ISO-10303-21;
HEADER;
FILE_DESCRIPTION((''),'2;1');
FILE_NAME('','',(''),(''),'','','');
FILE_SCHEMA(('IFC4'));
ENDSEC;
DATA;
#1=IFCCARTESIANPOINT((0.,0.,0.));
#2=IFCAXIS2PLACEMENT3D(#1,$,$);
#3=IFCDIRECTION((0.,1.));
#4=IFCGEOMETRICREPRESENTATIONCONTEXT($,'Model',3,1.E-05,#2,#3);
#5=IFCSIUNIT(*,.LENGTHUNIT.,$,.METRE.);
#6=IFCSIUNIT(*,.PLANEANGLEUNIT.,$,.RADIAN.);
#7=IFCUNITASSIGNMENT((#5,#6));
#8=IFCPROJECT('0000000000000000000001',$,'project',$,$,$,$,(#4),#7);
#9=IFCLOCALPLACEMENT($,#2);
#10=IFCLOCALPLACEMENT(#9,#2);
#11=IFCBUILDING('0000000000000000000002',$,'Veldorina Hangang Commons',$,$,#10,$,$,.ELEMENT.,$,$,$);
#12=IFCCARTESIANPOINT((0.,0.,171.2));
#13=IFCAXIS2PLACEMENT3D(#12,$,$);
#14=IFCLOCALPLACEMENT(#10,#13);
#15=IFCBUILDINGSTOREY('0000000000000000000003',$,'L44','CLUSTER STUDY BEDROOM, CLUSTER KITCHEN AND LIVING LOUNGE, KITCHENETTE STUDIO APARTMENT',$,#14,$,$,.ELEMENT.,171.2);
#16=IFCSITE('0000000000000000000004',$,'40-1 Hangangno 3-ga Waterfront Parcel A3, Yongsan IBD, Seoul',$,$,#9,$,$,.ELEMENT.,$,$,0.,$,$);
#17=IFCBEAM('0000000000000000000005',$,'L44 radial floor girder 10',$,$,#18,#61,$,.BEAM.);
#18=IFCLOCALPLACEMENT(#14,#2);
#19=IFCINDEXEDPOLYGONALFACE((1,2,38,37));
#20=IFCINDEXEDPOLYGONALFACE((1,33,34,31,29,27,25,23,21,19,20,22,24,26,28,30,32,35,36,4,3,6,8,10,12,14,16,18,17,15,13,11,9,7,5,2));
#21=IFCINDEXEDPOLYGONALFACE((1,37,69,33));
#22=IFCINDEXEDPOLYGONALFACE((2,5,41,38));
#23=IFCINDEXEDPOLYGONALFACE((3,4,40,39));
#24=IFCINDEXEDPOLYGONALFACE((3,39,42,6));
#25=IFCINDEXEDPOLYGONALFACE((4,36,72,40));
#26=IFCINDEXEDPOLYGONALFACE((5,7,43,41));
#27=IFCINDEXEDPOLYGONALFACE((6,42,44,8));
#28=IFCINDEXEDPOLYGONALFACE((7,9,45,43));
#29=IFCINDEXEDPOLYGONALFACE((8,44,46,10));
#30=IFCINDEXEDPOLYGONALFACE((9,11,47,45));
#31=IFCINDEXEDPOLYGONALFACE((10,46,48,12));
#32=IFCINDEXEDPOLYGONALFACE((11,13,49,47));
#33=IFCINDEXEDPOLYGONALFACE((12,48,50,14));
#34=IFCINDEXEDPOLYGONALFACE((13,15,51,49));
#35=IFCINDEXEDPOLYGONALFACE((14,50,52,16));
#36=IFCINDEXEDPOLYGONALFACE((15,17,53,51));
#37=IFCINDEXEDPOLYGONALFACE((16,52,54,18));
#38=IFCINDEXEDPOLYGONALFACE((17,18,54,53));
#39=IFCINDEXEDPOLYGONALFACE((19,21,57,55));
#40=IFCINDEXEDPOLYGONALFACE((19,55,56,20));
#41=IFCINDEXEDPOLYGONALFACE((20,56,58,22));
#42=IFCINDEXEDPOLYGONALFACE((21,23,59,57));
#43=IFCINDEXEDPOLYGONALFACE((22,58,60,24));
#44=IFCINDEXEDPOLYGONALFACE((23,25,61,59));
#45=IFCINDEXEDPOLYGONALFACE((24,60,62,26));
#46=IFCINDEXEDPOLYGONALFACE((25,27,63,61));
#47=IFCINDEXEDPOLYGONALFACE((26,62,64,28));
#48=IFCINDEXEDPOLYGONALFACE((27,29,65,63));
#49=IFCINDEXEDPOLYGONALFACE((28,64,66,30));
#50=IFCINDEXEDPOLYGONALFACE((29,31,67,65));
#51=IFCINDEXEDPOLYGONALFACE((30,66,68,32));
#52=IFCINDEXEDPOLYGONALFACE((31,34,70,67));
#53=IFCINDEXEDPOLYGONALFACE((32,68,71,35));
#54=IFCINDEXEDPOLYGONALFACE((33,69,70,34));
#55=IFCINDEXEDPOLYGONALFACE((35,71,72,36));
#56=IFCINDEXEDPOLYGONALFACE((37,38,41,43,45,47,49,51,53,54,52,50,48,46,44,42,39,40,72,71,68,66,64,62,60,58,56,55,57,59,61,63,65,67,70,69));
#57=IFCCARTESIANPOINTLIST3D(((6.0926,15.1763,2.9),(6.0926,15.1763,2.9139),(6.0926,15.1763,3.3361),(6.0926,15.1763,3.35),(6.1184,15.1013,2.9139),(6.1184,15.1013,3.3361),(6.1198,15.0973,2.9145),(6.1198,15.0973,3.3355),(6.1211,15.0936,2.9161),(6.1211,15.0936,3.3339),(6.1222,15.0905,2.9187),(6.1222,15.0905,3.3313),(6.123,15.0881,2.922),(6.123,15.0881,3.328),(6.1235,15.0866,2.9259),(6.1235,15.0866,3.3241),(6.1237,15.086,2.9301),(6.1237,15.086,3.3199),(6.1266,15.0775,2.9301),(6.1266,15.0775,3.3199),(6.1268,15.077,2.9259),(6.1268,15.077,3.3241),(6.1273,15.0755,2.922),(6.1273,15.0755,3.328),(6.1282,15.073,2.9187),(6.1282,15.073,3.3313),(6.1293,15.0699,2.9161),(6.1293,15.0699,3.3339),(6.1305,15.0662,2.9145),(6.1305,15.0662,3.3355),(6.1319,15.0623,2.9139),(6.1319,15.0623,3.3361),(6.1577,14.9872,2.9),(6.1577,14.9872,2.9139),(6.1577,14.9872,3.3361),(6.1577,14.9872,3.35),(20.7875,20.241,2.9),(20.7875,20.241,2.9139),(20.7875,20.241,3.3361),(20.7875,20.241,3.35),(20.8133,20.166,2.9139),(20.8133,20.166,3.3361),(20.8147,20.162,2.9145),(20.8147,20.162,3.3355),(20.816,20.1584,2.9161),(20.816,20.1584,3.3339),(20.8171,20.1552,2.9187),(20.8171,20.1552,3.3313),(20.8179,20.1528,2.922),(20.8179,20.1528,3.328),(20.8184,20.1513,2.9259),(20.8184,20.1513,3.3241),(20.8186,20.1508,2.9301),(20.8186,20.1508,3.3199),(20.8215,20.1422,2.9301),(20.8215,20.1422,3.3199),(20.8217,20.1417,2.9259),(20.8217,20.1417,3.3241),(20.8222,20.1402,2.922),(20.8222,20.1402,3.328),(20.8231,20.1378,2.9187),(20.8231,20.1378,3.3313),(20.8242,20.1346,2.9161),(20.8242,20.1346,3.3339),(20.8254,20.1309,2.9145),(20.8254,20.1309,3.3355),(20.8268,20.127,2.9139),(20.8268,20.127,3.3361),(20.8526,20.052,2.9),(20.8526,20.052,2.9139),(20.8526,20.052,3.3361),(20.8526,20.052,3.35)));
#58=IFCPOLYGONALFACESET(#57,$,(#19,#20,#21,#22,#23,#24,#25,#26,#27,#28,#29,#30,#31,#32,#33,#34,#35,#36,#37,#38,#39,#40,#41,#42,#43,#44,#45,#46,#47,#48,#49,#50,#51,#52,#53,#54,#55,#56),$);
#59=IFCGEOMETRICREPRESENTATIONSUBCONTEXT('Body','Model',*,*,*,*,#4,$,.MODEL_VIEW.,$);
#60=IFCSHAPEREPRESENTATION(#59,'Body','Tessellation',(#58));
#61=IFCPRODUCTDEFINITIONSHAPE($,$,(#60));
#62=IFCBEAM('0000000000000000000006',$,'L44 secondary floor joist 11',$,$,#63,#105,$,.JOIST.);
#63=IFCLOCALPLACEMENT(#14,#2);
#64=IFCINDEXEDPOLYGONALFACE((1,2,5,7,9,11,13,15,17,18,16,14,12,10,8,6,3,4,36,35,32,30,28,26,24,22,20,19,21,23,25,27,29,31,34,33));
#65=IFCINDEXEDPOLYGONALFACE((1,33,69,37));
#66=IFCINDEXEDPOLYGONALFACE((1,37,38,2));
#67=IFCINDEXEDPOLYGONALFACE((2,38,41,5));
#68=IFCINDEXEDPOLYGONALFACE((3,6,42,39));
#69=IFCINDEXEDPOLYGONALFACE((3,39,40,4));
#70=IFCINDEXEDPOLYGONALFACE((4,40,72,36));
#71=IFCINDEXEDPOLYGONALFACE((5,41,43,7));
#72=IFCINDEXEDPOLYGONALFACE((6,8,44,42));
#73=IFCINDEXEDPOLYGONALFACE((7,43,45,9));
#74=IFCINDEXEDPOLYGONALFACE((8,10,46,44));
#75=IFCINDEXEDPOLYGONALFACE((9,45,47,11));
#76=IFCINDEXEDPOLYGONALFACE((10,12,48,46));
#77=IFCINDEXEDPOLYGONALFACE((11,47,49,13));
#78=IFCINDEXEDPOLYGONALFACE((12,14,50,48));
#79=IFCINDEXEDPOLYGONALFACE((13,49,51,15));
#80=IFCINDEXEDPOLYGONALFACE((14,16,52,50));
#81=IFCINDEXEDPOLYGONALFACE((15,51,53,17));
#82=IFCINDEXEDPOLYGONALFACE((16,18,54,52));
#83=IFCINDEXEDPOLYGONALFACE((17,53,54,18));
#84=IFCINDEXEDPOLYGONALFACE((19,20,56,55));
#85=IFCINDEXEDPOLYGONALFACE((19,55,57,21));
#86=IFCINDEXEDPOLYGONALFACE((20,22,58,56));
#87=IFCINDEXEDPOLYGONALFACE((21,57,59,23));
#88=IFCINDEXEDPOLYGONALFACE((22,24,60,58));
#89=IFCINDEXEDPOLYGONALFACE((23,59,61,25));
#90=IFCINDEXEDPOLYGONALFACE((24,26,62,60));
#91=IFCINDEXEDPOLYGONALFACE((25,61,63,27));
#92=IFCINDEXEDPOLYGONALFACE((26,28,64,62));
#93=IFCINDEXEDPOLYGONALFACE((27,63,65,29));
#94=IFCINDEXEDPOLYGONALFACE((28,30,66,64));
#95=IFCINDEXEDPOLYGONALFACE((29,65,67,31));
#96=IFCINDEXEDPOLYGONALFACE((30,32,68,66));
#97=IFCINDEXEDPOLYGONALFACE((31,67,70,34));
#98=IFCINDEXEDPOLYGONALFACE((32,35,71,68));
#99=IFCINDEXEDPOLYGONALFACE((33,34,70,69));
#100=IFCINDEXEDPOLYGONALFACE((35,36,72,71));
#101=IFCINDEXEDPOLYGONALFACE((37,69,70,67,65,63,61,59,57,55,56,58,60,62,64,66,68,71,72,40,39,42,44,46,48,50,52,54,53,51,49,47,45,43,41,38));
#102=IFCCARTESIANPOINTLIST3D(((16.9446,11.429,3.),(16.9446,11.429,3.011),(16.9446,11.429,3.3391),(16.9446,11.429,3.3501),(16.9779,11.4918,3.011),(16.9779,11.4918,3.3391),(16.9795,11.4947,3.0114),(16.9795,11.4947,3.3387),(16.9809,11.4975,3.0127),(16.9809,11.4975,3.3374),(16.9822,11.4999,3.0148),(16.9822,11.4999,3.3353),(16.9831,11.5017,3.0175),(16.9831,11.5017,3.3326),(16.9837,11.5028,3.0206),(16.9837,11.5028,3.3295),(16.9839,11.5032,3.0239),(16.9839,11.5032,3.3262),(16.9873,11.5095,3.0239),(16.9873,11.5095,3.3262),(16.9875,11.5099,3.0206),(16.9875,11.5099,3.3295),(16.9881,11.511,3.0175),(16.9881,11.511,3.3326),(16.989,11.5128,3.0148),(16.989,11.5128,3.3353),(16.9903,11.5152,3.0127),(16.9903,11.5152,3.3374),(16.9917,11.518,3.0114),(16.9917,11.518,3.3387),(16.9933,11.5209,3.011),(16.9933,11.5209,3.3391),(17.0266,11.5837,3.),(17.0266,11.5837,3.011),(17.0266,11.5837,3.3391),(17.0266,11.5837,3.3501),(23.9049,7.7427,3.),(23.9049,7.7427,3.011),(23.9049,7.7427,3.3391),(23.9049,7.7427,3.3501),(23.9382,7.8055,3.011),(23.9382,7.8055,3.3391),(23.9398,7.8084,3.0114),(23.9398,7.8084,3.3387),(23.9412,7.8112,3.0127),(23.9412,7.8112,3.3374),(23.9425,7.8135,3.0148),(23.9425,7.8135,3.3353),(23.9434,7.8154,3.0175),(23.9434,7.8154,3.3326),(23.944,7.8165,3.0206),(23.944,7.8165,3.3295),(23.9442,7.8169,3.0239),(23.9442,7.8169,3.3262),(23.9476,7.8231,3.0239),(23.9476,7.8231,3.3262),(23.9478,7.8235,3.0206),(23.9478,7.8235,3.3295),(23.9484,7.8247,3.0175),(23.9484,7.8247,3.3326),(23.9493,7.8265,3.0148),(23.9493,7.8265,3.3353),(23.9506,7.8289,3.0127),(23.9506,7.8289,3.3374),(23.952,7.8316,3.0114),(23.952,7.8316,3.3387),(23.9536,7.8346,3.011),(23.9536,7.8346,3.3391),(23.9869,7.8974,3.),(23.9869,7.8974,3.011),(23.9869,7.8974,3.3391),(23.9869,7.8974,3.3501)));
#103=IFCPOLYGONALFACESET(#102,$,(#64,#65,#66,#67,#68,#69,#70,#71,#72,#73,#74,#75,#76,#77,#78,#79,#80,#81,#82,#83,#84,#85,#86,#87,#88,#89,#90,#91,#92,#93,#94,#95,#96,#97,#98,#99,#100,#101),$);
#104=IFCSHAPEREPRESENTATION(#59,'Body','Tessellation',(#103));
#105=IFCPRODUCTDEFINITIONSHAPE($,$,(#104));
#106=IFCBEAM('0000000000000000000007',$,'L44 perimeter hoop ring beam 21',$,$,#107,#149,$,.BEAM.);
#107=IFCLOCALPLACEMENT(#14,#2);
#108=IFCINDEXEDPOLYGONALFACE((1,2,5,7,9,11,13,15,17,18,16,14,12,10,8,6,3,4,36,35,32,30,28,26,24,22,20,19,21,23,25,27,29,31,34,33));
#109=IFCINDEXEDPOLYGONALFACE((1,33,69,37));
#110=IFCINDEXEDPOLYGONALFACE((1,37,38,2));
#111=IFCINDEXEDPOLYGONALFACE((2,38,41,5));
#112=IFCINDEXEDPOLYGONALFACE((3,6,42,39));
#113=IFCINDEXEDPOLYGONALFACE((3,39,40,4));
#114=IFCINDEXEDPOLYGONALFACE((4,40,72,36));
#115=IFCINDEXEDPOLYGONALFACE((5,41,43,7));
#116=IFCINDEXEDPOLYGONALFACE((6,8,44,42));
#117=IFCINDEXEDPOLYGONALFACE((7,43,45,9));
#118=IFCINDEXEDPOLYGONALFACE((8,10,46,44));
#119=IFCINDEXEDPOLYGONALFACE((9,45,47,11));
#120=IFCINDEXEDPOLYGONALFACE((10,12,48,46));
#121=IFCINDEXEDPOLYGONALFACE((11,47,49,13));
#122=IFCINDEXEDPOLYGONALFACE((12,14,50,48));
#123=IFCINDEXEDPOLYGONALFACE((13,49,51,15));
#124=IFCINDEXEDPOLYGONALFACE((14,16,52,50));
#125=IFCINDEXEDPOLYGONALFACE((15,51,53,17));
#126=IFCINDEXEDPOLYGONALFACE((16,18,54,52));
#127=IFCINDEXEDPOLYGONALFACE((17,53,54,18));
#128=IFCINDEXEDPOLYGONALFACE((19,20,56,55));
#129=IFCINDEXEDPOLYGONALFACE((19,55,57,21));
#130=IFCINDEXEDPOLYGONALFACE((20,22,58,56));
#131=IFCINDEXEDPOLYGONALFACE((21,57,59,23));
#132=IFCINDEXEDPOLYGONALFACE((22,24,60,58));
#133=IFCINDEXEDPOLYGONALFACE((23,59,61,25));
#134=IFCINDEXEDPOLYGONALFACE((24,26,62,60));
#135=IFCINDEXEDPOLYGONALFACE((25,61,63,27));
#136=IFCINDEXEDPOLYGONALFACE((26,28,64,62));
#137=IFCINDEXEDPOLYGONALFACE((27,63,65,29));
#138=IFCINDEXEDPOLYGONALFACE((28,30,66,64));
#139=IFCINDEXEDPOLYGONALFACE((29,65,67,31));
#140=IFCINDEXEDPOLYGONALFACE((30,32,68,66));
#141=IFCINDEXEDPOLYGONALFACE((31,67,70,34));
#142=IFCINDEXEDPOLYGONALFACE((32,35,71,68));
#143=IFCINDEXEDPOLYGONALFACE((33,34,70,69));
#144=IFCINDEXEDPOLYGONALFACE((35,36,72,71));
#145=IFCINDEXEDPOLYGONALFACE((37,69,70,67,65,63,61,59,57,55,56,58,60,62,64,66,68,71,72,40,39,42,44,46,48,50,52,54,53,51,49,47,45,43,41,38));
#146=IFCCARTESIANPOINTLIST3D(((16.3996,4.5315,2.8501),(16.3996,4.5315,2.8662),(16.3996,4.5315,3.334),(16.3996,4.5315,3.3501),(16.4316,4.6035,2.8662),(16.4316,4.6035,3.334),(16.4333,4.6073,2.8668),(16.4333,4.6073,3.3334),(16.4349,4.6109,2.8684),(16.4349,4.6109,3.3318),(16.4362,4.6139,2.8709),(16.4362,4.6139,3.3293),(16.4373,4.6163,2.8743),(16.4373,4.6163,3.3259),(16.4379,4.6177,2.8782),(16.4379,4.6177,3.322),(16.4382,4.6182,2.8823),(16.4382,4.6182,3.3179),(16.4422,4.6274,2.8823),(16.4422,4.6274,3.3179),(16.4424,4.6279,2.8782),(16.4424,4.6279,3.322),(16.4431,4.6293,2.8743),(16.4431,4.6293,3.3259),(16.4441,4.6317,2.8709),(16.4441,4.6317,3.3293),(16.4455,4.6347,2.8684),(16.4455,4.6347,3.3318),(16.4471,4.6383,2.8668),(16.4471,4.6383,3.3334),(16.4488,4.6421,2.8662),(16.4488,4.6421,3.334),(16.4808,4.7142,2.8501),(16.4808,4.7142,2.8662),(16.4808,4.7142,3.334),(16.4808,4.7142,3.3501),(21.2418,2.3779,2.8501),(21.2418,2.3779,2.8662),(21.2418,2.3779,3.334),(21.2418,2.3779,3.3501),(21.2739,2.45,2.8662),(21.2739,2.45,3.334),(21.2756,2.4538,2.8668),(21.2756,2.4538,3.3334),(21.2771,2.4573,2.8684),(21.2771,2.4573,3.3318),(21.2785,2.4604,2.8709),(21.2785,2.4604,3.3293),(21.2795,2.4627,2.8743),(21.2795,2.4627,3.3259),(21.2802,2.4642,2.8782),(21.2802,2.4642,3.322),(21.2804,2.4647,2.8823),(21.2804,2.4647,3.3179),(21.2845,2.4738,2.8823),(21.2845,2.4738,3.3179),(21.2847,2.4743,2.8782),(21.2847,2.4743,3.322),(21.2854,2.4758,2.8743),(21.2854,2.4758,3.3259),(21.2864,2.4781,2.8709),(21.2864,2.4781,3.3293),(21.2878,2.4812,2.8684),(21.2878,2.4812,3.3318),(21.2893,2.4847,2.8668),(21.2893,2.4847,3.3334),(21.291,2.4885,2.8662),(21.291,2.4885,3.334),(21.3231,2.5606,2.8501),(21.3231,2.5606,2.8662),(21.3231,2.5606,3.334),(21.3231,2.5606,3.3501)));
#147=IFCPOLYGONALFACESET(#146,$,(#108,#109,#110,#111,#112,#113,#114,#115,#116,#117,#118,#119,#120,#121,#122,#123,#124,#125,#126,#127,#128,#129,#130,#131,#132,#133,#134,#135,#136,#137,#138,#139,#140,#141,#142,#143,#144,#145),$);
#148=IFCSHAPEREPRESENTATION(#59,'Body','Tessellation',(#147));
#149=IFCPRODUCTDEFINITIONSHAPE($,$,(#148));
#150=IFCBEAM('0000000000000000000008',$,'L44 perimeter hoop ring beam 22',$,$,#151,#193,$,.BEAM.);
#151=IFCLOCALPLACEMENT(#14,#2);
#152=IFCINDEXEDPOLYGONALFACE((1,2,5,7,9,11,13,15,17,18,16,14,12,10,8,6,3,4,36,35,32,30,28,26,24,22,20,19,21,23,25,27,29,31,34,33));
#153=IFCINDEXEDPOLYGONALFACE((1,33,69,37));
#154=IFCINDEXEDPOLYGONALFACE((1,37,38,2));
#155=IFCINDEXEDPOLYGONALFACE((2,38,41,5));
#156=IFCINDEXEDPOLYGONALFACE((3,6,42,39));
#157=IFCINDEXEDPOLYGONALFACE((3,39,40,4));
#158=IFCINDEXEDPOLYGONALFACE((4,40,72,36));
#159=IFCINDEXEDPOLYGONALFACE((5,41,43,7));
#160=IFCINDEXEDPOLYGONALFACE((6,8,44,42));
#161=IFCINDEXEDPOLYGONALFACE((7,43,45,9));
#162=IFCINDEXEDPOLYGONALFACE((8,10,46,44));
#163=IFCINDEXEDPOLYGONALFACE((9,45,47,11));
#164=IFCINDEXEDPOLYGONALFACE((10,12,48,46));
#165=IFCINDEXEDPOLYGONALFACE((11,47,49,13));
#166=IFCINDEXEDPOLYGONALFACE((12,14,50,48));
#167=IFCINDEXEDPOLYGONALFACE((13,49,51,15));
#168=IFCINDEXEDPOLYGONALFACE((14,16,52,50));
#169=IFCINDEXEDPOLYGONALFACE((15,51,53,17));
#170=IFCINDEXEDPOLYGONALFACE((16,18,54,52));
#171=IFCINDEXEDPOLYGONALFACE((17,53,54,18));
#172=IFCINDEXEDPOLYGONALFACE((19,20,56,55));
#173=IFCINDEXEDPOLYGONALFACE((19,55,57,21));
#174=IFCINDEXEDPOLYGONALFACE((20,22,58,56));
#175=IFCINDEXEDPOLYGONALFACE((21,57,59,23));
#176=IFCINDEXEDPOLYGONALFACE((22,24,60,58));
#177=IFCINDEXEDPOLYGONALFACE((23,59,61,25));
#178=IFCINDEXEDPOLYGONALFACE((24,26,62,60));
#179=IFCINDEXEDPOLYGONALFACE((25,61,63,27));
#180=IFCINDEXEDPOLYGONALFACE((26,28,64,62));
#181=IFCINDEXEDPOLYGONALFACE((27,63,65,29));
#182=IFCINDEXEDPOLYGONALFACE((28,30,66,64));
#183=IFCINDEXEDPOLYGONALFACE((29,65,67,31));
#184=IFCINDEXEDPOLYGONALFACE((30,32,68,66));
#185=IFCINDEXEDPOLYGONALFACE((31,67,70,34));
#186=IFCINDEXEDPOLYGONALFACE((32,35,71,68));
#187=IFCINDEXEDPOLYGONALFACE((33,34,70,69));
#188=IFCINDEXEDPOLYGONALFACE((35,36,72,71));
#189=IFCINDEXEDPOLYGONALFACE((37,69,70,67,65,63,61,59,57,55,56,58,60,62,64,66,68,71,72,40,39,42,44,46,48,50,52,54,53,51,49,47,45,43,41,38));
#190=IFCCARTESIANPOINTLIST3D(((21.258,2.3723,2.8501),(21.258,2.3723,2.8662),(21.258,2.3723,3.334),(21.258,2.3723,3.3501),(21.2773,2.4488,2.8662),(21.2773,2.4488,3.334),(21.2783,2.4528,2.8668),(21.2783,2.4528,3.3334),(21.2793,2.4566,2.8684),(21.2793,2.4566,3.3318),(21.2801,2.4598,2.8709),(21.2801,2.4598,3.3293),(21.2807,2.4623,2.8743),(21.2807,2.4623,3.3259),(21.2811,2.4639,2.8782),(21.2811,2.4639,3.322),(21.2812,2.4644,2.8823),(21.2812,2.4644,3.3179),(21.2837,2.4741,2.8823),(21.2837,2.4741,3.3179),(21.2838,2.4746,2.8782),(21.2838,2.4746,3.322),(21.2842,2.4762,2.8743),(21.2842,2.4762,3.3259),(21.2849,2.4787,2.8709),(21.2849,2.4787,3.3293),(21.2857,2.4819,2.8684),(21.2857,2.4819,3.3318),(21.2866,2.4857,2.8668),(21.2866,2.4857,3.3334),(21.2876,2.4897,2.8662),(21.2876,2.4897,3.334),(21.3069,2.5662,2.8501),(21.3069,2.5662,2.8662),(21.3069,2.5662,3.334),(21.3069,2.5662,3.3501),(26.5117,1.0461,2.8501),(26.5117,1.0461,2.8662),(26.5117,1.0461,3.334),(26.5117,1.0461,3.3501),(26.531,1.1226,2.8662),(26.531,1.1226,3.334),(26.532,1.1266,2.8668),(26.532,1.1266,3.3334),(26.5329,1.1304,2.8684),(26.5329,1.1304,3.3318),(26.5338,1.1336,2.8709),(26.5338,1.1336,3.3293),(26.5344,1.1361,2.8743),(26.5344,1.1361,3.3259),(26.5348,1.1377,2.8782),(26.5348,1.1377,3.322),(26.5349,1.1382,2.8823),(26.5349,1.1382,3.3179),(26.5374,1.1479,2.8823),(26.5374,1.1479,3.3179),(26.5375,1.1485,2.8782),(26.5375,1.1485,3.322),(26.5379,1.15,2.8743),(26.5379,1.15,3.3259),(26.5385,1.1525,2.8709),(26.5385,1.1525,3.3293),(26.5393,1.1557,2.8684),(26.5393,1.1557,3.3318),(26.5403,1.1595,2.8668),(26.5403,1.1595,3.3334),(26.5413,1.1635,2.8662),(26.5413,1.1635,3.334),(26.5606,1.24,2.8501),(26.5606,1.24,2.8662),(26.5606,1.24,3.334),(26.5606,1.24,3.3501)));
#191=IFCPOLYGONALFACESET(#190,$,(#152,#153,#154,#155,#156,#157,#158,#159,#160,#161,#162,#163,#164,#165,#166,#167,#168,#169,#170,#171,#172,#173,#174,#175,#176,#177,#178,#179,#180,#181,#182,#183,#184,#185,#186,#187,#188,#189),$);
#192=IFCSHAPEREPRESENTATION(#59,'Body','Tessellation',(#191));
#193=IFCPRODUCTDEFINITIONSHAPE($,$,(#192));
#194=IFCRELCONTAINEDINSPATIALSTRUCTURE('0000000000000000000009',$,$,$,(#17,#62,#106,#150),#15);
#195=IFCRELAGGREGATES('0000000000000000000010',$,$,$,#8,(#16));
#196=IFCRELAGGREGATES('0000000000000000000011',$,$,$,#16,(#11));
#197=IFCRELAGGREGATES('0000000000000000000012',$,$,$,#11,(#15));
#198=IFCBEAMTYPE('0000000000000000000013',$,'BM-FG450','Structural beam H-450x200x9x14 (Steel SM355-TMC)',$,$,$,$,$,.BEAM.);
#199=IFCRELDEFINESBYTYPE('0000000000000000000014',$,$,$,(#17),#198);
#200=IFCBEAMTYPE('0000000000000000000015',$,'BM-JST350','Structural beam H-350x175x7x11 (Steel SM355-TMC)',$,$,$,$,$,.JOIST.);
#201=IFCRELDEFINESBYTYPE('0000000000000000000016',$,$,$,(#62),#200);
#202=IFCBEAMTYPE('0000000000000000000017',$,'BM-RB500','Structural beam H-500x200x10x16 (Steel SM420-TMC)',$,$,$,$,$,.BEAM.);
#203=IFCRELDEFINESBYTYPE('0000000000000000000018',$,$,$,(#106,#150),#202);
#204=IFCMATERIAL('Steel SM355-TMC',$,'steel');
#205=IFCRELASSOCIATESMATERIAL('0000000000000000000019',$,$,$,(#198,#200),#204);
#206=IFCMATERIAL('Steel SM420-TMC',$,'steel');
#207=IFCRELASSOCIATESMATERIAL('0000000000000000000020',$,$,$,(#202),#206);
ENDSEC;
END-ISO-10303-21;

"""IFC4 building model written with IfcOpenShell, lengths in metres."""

from ifc_helpers import new_model, si_unit, direction, frame, origin, origin_2d, place, context, subcontext, project, spatial, i_section, extrude, material, material_profile, profile_set, type_object, element, save


model = new_model("IFC4")

# Units and contexts
model_context = context("Model", 3, precision=1e-05, world=origin(), true_north=direction((0.0, 1.0)))
body_context = subcontext(model_context, "Body", "Model", "MODEL_VIEW")
ifc_project = project(units=[si_unit("LENGTHUNIT", "METRE"), si_unit("PLANEANGLEUNIT", "RADIAN")], contexts=[model_context])

# Site, building, storey
site_placement = place(None, origin())
site = spatial("IfcSite", under=ifc_project, at=site_placement, Name="40-1 Hangangno 3-ga Waterfront Parcel A3, Yongsan IBD, Seoul", CompositionType="ELEMENT", RefElevation=0.0)
building_placement = place(site_placement, origin())
building = spatial("IfcBuilding", under=site, at=building_placement, Name="Veldorina Hangang Commons", CompositionType="ELEMENT")
storey_placement = place(building_placement, frame((0.0, 0.0, 171.2)))
storey = spatial("IfcBuildingStorey", under=building, at=storey_placement, Name="L44", Description="CLUSTER STUDY BEDROOM, CLUSTER KITCHEN AND LIVING LOUNGE, KITCHENETTE STUDIO APARTMENT", CompositionType="ELEMENT", Elevation=171.2)

# Beams
ifc_material_1 = material(Name="Steel SM355-TMC", Category="steel")
ifc_material_profile_1 = material_profile(ifc_material_1, i_section(OverallWidth=0.2, OverallDepth=0.45, WebThickness=0.009, FlangeThickness=0.0139, FilletRadius=0.0161, at=origin_2d()), Name="H-450x200x9x14")
ifc_profile_set_1 = profile_set([ifc_material_profile_1], Name="Steel SM355-TMC")
beam_type_1 = type_object("IfcBeamType", Name="BM-FG450", Description="Structural beam H-450x200x9x14 (Steel SM355-TMC)", PredefinedType="BEAM", material=ifc_profile_set_1)
beam_1_placement = place(storey_placement, frame((20.8201, 20.1465, 3.125), z_axis=(-0.945422, -0.325848, 0.0), x_axis=(0.325848, -0.945422, 0.0)))
element("IfcBeam", 1, at=beam_1_placement, inside=storey, type_object=beam_type_1, Name="L44 radial floor girder 10", PredefinedType="BEAM", context=body_context, shape_type="SweptSolid", body=[
    extrude(i_section(OverallWidth=0.2, OverallDepth=0.45, WebThickness=0.009, FlangeThickness=0.0139, FilletRadius=0.0161, at=origin_2d()), origin(), (0.0, 0.0, 1.0), 15.5432),
])
ifc_material_profile_2 = material_profile(ifc_material_1, i_section(OverallWidth=0.175, OverallDepth=0.3501, WebThickness=0.0071, FlangeThickness=0.011, FilletRadius=0.0129, at=origin_2d()), Name="H-350x175x7x11")
ifc_profile_set_2 = profile_set([ifc_material_profile_2], Name="Steel SM355-TMC")
beam_type_2 = type_object("IfcBeamType", Name="BM-JST350", Description="Structural beam H-350x175x7x11 (Steel SM355-TMC)", PredefinedType="JOIST", material=ifc_profile_set_2)
beam_2_placement = place(storey_placement, frame((16.9856, 11.5063, 3.175), z_axis=(0.883711, -0.468033, 0.0), x_axis=(0.468033, 0.883711, 0.0)))
element("IfcBeam", 2, at=beam_2_placement, inside=storey, type_object=beam_type_2, Name="L44 secondary floor joist 11", PredefinedType="JOIST", context=body_context, shape_type="SweptSolid", body=[
    extrude(i_section(OverallWidth=0.175, OverallDepth=0.3501, WebThickness=0.0071, FlangeThickness=0.011, FilletRadius=0.0129, at=origin_2d()), origin(), (0.0, 0.0, 1.0), 7.8762),
])
ifc_material_2 = material(Name="Steel SM420-TMC", Category="steel")
ifc_material_profile_3 = material_profile(ifc_material_2, i_section(OverallWidth=0.2, OverallDepth=0.5, WebThickness=0.01, FlangeThickness=0.0161, FilletRadius=0.0161, at=origin_2d()), Name="H-500x200x10x16")
ifc_profile_set_3 = profile_set([ifc_material_profile_3], Name="Steel SM420-TMC")
beam_type_3 = type_object("IfcBeamType", Name="BM-RB500", Description="Structural beam H-500x200x10x16 (Steel SM420-TMC)", PredefinedType="BEAM", material=ifc_profile_set_3)
beam_3_placement = place(storey_placement, frame((16.4402, 4.6228, 3.1001), z_axis=(0.913711, -0.406365, 0.0), x_axis=(0.406365, 0.913711, 0.0)))
element("IfcBeam", 3, at=beam_3_placement, inside=storey, type_object=beam_type_3, Name="L44 perimeter hoop ring beam 21", PredefinedType="BEAM", context=body_context, shape_type="SweptSolid", body=[
    extrude(i_section(OverallWidth=0.2, OverallDepth=0.5, WebThickness=0.01, FlangeThickness=0.0161, FilletRadius=0.0161, at=origin_2d()), origin(), (0.0, 0.0, 1.0), 5.2996),
])
beam_4_placement = place(storey_placement, frame((21.2825, 2.4692, 3.1001), z_axis=(0.969586, -0.244751, 0.0), x_axis=(0.244751, 0.969586, 0.0)))
element("IfcBeam", 4, at=beam_4_placement, inside=storey, type_object=beam_type_3, Name="L44 perimeter hoop ring beam 22", PredefinedType="BEAM", context=body_context, shape_type="SweptSolid", body=[
    extrude(i_section(OverallWidth=0.2, OverallDepth=0.5, WebThickness=0.01, FlangeThickness=0.0161, FilletRadius=0.0161, at=origin_2d()), origin(), (0.0, 0.0, 1.0), 5.4185),
])

save(model, "model.ifc")
